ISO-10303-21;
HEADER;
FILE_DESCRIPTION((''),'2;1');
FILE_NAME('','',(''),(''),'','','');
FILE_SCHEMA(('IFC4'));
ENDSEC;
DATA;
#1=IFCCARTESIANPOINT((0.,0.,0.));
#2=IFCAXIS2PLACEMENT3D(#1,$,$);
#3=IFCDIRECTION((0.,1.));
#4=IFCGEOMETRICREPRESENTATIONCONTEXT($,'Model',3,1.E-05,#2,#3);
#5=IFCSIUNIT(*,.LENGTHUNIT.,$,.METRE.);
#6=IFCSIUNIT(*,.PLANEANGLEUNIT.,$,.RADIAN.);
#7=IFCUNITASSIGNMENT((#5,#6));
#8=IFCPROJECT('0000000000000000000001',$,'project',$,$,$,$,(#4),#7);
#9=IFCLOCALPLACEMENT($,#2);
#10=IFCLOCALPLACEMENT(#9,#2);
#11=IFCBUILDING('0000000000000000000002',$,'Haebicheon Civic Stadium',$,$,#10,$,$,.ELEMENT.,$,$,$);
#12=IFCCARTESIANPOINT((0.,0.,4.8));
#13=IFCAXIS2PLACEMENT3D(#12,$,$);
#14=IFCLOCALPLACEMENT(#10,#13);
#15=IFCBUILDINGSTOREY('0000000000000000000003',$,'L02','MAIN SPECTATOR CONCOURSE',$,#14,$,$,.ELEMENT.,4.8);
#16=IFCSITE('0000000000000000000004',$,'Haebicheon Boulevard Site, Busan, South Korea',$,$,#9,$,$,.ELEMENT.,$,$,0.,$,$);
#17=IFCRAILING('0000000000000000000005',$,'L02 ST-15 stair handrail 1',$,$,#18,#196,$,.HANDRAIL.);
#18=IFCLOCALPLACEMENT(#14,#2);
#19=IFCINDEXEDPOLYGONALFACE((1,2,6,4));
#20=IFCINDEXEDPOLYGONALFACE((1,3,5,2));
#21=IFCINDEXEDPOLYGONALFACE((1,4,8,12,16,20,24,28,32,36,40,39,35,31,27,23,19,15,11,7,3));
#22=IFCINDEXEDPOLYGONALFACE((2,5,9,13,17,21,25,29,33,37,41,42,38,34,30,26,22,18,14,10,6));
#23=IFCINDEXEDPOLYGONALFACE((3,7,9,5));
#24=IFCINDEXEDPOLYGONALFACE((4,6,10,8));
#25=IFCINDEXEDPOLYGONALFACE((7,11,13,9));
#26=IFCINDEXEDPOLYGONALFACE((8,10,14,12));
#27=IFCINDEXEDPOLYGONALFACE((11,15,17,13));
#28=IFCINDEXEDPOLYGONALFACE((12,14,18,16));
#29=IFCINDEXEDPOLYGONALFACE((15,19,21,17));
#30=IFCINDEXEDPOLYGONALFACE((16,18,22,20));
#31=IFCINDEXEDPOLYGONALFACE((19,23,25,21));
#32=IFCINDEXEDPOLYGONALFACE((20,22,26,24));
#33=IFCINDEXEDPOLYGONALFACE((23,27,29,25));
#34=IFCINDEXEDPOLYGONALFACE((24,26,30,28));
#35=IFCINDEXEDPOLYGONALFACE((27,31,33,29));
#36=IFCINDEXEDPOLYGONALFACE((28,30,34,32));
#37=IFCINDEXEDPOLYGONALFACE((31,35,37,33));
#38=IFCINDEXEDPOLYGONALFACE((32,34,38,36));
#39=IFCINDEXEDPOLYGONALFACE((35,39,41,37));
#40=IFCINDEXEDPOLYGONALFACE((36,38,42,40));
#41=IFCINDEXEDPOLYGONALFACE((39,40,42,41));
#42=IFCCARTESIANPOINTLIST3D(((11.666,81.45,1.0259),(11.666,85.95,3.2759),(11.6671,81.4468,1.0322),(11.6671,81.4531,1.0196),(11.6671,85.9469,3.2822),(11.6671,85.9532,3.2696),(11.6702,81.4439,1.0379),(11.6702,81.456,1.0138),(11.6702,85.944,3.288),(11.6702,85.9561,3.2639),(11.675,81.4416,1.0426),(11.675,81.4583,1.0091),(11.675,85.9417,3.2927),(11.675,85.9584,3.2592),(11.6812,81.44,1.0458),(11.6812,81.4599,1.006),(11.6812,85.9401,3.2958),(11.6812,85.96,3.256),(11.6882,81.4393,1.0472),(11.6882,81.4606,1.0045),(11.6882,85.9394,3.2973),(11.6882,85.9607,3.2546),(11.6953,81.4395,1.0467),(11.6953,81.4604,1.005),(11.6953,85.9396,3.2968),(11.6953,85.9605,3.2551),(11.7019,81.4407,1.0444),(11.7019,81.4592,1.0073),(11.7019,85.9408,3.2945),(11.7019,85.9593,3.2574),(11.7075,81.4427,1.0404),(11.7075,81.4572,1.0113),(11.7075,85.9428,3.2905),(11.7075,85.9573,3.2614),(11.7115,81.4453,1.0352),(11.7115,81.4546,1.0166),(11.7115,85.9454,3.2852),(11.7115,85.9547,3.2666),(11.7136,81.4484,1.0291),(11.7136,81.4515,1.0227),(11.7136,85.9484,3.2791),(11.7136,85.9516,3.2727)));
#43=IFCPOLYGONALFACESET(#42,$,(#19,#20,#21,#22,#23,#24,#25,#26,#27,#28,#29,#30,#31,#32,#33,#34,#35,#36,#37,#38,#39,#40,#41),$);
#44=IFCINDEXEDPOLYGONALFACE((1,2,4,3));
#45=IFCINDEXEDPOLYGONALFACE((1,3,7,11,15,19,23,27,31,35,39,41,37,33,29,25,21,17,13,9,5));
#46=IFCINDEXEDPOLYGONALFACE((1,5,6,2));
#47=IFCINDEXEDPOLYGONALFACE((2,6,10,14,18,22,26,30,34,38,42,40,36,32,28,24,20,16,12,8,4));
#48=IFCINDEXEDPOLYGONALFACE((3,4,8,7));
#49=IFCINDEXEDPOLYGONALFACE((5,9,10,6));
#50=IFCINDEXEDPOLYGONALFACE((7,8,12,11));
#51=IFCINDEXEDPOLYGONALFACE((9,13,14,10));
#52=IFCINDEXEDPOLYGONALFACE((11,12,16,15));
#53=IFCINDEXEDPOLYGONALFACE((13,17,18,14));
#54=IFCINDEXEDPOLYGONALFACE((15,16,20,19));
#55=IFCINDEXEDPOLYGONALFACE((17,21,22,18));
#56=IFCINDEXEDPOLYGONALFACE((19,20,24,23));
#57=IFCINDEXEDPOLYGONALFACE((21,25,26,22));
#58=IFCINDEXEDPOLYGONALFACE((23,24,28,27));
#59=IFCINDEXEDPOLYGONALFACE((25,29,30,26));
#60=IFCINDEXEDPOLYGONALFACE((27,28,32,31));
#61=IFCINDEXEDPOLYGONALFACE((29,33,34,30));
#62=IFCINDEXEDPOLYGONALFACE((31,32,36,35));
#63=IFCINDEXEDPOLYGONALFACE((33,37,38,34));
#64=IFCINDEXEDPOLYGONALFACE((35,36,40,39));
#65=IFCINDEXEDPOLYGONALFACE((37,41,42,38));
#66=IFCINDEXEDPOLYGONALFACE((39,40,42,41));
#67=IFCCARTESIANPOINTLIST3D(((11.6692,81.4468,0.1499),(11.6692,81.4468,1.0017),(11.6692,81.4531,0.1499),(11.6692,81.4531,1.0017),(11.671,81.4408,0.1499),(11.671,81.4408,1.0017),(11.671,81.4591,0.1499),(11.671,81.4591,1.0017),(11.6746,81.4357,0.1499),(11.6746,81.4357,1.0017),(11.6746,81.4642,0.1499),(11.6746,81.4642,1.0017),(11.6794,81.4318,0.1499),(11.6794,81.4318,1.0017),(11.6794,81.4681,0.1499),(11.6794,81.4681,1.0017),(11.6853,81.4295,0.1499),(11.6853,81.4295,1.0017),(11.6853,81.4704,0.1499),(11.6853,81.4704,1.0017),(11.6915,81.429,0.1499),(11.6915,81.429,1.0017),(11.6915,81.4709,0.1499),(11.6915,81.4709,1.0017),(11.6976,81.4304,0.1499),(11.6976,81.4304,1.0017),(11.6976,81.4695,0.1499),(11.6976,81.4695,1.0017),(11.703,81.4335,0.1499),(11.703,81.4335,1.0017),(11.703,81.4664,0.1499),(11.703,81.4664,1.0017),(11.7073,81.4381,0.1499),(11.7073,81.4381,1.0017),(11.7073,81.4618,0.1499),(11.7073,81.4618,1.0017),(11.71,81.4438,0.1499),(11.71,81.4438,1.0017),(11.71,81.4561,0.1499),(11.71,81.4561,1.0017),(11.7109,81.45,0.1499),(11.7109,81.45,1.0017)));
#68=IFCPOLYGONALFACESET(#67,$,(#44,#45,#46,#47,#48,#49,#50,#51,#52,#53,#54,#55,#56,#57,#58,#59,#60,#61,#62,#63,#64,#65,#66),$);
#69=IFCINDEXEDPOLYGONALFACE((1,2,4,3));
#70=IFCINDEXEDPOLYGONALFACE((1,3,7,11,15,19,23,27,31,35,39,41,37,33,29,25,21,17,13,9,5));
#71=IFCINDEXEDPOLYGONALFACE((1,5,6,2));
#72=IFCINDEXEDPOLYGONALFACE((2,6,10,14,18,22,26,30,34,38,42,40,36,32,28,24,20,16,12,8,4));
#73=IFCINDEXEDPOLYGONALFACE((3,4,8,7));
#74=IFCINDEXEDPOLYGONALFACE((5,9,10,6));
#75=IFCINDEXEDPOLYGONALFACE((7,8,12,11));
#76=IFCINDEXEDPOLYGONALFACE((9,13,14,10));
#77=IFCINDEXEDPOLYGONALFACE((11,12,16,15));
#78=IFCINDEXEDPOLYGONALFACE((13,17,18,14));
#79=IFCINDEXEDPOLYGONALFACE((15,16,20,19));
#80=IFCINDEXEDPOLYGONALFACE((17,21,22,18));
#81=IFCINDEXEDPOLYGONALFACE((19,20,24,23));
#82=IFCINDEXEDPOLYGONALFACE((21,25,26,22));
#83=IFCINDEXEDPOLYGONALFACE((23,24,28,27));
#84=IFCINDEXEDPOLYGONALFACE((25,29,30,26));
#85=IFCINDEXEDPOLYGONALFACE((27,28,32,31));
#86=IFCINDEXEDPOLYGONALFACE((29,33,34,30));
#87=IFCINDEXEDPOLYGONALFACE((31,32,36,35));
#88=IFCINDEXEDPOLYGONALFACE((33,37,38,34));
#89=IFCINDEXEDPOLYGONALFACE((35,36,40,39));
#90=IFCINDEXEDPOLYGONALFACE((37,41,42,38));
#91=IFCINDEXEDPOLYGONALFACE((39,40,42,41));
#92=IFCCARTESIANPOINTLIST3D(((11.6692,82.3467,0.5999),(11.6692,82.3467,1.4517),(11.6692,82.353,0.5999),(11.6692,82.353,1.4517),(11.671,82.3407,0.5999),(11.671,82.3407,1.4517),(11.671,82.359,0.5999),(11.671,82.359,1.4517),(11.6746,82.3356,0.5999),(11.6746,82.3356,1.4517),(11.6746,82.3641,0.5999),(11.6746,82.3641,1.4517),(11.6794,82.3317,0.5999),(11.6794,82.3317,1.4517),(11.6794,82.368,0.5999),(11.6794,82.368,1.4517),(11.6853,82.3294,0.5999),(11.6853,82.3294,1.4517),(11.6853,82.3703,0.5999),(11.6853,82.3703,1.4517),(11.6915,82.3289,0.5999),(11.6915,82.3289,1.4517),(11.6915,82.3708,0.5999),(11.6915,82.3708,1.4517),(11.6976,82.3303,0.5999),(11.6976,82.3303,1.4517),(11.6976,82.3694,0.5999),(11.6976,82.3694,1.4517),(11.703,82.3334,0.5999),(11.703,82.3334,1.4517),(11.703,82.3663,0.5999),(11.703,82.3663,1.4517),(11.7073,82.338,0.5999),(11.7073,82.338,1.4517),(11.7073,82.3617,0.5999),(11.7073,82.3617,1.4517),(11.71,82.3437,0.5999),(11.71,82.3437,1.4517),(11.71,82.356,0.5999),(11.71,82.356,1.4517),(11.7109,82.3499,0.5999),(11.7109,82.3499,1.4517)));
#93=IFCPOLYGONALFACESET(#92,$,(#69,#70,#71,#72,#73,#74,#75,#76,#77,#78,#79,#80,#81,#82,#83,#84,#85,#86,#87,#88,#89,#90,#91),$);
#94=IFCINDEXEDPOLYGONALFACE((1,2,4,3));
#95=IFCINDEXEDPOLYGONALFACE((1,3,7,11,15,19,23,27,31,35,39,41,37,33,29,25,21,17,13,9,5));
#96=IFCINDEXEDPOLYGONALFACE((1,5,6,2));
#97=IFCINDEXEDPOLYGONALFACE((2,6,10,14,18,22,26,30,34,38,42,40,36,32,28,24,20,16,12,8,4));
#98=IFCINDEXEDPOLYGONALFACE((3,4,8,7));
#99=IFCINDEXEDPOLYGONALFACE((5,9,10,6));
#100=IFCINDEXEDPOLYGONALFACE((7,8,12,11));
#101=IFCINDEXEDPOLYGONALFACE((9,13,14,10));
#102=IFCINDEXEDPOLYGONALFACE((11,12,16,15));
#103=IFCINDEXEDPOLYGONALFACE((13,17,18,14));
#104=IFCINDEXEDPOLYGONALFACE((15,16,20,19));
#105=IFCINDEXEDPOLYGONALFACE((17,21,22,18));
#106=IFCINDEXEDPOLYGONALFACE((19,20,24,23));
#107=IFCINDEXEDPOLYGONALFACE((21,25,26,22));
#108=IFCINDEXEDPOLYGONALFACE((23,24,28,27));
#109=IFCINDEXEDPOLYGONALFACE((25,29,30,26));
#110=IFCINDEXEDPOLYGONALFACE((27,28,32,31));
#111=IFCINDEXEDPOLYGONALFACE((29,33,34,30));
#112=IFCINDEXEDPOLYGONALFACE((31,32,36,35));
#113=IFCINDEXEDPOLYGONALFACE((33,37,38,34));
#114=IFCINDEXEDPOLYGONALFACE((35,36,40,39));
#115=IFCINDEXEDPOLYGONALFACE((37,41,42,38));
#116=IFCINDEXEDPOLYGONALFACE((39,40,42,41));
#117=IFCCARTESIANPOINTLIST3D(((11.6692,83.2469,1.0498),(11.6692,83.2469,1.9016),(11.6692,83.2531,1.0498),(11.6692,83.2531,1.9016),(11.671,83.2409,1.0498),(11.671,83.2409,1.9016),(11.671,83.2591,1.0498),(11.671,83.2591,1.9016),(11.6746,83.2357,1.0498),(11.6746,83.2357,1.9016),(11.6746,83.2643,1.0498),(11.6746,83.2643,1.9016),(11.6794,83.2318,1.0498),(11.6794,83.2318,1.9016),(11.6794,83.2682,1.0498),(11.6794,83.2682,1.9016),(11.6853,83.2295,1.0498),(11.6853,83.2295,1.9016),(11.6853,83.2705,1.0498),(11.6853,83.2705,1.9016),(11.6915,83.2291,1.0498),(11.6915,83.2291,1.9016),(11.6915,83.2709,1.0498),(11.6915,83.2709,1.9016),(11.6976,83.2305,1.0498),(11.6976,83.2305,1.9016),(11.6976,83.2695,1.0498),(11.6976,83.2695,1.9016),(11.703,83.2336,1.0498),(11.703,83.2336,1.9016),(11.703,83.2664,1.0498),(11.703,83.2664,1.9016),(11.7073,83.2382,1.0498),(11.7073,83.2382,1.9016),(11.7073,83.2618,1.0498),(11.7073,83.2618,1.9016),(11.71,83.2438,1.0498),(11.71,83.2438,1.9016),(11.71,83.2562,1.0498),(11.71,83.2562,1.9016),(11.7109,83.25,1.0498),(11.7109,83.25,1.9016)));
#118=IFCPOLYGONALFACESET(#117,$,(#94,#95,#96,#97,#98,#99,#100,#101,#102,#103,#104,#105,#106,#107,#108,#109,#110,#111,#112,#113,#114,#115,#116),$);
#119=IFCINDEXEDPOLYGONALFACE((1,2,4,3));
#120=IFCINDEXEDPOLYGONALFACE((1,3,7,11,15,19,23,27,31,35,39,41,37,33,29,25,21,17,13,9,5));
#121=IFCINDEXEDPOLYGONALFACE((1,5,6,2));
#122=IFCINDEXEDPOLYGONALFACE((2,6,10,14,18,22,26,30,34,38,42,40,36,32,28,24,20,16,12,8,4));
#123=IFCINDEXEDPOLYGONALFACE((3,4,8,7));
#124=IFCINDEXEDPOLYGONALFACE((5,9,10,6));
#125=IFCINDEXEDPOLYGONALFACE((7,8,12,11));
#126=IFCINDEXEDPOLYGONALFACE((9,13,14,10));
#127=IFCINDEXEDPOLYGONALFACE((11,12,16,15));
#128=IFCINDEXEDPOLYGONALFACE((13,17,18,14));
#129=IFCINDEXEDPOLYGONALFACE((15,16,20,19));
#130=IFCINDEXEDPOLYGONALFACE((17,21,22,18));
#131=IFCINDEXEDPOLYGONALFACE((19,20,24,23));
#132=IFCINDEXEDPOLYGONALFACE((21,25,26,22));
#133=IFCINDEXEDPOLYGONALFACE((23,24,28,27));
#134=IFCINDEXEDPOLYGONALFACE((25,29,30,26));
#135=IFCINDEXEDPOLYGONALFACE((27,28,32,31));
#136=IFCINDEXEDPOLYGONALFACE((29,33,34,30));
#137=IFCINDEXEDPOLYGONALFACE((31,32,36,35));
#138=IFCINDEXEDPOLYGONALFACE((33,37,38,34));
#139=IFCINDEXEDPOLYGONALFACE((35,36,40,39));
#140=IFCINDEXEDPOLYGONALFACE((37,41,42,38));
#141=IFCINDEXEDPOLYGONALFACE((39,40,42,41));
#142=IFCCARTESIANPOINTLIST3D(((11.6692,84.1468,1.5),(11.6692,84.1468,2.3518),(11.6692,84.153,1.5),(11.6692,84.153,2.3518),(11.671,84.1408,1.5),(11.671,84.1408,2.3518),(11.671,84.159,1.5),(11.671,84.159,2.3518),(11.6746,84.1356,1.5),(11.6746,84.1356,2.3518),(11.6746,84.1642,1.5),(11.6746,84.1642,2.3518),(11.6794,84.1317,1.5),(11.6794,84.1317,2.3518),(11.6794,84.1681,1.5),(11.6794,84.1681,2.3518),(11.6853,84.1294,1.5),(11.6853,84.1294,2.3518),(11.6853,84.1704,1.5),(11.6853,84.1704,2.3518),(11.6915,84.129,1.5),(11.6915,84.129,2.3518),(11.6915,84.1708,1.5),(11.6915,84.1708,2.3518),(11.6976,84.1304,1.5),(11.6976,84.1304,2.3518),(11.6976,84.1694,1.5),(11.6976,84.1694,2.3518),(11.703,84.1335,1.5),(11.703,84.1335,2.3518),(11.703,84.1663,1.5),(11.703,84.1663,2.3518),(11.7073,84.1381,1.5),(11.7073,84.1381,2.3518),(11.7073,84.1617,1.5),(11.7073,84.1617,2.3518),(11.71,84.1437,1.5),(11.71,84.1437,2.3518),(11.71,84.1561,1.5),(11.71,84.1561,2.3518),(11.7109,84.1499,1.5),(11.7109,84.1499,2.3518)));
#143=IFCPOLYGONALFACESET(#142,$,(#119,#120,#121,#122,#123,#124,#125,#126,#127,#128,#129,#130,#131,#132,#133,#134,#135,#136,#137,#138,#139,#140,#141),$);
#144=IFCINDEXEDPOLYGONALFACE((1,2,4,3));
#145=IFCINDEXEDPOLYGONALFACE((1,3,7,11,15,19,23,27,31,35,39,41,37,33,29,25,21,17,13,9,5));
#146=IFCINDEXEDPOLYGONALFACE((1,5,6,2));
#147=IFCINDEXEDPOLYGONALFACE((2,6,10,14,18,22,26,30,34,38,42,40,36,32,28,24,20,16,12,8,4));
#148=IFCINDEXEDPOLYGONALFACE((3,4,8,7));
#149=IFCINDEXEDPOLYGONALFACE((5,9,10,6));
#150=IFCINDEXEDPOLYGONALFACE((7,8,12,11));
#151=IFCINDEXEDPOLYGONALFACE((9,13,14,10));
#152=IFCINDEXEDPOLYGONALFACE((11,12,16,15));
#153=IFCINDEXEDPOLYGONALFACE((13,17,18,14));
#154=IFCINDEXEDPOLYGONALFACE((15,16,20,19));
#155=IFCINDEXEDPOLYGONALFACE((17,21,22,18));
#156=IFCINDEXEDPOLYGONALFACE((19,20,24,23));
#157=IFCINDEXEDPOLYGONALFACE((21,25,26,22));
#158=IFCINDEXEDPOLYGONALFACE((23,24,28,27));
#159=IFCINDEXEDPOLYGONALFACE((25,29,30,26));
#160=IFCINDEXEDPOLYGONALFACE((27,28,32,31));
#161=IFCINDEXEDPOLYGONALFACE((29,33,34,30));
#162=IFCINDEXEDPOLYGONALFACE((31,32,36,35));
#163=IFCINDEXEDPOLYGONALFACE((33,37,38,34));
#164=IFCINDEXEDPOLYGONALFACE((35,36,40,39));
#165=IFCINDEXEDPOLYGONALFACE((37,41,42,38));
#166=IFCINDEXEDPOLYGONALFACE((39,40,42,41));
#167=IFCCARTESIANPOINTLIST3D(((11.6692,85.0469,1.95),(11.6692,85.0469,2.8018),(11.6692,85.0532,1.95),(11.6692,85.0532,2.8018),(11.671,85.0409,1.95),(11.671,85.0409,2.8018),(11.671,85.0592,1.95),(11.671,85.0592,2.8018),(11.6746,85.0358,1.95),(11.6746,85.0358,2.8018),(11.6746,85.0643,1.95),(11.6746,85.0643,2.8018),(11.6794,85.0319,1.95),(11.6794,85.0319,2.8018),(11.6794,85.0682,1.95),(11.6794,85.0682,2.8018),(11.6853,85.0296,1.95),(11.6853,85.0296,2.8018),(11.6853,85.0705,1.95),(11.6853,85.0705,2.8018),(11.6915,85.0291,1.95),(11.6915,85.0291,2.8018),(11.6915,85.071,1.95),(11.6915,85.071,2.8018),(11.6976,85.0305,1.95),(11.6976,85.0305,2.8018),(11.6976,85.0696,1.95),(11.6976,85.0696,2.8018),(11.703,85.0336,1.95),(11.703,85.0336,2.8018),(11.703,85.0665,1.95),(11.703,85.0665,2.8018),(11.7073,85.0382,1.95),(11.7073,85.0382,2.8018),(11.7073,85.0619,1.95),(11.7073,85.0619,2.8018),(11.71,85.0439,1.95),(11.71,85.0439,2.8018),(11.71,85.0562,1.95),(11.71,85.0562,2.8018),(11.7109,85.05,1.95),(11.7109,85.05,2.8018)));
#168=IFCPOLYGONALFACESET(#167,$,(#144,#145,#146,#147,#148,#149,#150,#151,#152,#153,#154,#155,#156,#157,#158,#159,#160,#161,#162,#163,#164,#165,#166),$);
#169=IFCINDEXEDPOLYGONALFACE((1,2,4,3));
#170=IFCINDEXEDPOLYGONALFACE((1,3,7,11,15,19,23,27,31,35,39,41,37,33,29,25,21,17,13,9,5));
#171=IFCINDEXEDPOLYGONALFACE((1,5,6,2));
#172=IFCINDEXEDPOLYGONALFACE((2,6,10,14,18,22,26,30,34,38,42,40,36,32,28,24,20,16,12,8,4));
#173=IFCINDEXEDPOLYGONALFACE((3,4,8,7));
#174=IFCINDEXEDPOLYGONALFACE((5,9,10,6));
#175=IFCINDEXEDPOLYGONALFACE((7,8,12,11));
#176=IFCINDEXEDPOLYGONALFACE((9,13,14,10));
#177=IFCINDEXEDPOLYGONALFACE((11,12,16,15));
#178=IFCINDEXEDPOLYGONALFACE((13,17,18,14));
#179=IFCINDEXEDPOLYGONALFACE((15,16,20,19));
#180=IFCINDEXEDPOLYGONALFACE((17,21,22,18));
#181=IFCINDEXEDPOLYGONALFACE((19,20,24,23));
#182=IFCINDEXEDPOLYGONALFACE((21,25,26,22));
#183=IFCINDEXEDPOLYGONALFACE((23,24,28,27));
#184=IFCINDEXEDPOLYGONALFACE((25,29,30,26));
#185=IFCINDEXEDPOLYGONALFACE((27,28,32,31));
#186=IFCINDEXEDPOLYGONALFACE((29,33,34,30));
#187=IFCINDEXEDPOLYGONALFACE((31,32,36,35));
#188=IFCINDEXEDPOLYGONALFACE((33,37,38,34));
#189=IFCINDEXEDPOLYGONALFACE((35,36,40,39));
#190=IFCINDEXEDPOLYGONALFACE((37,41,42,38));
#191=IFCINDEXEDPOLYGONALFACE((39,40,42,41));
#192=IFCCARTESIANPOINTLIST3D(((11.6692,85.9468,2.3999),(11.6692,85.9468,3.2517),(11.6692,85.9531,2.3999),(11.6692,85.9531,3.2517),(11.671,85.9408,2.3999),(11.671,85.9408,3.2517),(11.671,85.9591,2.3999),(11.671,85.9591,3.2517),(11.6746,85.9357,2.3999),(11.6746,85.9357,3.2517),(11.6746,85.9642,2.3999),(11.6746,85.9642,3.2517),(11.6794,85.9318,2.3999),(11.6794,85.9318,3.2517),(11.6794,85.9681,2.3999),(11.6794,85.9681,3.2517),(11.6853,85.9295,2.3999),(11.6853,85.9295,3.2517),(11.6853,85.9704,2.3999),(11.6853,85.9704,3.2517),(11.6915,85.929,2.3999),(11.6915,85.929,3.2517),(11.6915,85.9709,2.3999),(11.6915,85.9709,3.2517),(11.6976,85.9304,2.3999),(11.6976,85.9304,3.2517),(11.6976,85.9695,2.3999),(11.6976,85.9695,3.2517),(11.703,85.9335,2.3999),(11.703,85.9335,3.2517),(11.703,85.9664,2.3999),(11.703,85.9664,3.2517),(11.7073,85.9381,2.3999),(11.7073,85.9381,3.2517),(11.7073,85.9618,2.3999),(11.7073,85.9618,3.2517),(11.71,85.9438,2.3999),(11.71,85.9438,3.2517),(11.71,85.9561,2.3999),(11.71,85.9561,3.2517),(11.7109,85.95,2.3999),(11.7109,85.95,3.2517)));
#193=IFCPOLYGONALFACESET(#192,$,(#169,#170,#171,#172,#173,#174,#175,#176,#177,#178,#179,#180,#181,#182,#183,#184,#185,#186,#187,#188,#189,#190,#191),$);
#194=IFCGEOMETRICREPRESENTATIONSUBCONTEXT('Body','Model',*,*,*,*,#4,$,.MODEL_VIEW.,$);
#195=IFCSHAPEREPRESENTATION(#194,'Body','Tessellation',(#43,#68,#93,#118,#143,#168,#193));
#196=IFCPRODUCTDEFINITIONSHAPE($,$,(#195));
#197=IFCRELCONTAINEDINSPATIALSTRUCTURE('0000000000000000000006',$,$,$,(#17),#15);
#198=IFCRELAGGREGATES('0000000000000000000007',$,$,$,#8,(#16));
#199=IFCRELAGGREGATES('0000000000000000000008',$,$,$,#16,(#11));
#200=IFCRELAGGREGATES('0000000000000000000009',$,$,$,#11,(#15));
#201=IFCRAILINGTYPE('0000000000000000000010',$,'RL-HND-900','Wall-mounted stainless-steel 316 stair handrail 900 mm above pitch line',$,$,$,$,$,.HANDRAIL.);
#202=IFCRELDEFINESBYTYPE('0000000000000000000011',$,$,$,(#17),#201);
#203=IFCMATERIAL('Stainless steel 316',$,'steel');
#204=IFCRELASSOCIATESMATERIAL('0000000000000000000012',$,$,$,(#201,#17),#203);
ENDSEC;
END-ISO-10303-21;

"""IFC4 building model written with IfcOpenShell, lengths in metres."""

from ifc_helpers import new_model, si_unit, direction, frame, origin, origin_2d, place, context, subcontext, project, spatial, circle, extrude, material, type_object, element, save


model = new_model("IFC4")

# Units and contexts
model_context = context("Model", 3, precision=1e-05, world=origin(), true_north=direction((0.0, 1.0)))
body_context = subcontext(model_context, "Body", "Model", "MODEL_VIEW")
ifc_project = project(units=[si_unit("LENGTHUNIT", "METRE"), si_unit("PLANEANGLEUNIT", "RADIAN")], contexts=[model_context])

# Site, building, storey
site_placement = place(None, origin())
site = spatial("IfcSite", under=ifc_project, at=site_placement, Name="Haebicheon Boulevard Site, Busan, South Korea", CompositionType="ELEMENT", RefElevation=0.0)
building_placement = place(site_placement, origin())
building = spatial("IfcBuilding", under=site, at=building_placement, Name="Haebicheon Civic Stadium", CompositionType="ELEMENT")
storey_placement = place(building_placement, frame((0.0, 0.0, 4.8)))
storey = spatial("IfcBuildingStorey", under=building, at=storey_placement, Name="L02", Description="MAIN SPECTATOR CONCOURSE", CompositionType="ELEMENT", Elevation=4.8)

# Railing
ifc_material_1 = material(Name="Stainless steel 316", Category="steel")
railing_type_1 = type_object("IfcRailingType", Name="RL-HND-900", Description="Wall-mounted stainless-steel 316 stair handrail 900 mm above pitch line", PredefinedType="HANDRAIL", material=ifc_material_1)
railing_1_placement = place(storey_placement, frame((11.6899, 81.45, 0.1499)))
element("IfcRailing", 1, at=railing_1_placement, inside=storey, type_object=railing_type_1, material=ifc_material_1, Name="L02 ST-15 stair handrail 1", PredefinedType="HANDRAIL", context=body_context, shape_type="SweptSolid", body=[
    extrude(circle(Radius=0.0239, at=origin_2d()), frame((0.0, 0.0, 0.876), z_axis=(0.0, 0.894427, 0.447214), x_axis=(-1.0, 0.0, 0.0)), (0.0, 0.0, 1.0), 5.0312),
    extrude(circle(Radius=0.021, at=origin_2d()), origin(), (0.0, 0.0, 1.0), 0.8518),
    extrude(circle(Radius=0.021, at=origin_2d()), frame((0.0, 0.8999, 0.45)), (0.0, 0.0, 1.0), 0.8518),
    extrude(circle(Radius=0.021, at=origin_2d()), frame((0.0, 1.8, 0.8999)), (0.0, 0.0, 1.0), 0.8518),
    extrude(circle(Radius=0.021, at=origin_2d()), frame((0.0, 2.7, 1.3501)), (0.0, 0.0, 1.0), 0.8518),
    extrude(circle(Radius=0.021, at=origin_2d()), frame((0.0, 3.6001, 1.8)), (0.0, 0.0, 1.0), 0.8518),
    extrude(circle(Radius=0.021, at=origin_2d()), frame((0.0, 4.5, 2.25)), (0.0, 0.0, 1.0), 0.8518),
])

save(model, "model.ifc")
